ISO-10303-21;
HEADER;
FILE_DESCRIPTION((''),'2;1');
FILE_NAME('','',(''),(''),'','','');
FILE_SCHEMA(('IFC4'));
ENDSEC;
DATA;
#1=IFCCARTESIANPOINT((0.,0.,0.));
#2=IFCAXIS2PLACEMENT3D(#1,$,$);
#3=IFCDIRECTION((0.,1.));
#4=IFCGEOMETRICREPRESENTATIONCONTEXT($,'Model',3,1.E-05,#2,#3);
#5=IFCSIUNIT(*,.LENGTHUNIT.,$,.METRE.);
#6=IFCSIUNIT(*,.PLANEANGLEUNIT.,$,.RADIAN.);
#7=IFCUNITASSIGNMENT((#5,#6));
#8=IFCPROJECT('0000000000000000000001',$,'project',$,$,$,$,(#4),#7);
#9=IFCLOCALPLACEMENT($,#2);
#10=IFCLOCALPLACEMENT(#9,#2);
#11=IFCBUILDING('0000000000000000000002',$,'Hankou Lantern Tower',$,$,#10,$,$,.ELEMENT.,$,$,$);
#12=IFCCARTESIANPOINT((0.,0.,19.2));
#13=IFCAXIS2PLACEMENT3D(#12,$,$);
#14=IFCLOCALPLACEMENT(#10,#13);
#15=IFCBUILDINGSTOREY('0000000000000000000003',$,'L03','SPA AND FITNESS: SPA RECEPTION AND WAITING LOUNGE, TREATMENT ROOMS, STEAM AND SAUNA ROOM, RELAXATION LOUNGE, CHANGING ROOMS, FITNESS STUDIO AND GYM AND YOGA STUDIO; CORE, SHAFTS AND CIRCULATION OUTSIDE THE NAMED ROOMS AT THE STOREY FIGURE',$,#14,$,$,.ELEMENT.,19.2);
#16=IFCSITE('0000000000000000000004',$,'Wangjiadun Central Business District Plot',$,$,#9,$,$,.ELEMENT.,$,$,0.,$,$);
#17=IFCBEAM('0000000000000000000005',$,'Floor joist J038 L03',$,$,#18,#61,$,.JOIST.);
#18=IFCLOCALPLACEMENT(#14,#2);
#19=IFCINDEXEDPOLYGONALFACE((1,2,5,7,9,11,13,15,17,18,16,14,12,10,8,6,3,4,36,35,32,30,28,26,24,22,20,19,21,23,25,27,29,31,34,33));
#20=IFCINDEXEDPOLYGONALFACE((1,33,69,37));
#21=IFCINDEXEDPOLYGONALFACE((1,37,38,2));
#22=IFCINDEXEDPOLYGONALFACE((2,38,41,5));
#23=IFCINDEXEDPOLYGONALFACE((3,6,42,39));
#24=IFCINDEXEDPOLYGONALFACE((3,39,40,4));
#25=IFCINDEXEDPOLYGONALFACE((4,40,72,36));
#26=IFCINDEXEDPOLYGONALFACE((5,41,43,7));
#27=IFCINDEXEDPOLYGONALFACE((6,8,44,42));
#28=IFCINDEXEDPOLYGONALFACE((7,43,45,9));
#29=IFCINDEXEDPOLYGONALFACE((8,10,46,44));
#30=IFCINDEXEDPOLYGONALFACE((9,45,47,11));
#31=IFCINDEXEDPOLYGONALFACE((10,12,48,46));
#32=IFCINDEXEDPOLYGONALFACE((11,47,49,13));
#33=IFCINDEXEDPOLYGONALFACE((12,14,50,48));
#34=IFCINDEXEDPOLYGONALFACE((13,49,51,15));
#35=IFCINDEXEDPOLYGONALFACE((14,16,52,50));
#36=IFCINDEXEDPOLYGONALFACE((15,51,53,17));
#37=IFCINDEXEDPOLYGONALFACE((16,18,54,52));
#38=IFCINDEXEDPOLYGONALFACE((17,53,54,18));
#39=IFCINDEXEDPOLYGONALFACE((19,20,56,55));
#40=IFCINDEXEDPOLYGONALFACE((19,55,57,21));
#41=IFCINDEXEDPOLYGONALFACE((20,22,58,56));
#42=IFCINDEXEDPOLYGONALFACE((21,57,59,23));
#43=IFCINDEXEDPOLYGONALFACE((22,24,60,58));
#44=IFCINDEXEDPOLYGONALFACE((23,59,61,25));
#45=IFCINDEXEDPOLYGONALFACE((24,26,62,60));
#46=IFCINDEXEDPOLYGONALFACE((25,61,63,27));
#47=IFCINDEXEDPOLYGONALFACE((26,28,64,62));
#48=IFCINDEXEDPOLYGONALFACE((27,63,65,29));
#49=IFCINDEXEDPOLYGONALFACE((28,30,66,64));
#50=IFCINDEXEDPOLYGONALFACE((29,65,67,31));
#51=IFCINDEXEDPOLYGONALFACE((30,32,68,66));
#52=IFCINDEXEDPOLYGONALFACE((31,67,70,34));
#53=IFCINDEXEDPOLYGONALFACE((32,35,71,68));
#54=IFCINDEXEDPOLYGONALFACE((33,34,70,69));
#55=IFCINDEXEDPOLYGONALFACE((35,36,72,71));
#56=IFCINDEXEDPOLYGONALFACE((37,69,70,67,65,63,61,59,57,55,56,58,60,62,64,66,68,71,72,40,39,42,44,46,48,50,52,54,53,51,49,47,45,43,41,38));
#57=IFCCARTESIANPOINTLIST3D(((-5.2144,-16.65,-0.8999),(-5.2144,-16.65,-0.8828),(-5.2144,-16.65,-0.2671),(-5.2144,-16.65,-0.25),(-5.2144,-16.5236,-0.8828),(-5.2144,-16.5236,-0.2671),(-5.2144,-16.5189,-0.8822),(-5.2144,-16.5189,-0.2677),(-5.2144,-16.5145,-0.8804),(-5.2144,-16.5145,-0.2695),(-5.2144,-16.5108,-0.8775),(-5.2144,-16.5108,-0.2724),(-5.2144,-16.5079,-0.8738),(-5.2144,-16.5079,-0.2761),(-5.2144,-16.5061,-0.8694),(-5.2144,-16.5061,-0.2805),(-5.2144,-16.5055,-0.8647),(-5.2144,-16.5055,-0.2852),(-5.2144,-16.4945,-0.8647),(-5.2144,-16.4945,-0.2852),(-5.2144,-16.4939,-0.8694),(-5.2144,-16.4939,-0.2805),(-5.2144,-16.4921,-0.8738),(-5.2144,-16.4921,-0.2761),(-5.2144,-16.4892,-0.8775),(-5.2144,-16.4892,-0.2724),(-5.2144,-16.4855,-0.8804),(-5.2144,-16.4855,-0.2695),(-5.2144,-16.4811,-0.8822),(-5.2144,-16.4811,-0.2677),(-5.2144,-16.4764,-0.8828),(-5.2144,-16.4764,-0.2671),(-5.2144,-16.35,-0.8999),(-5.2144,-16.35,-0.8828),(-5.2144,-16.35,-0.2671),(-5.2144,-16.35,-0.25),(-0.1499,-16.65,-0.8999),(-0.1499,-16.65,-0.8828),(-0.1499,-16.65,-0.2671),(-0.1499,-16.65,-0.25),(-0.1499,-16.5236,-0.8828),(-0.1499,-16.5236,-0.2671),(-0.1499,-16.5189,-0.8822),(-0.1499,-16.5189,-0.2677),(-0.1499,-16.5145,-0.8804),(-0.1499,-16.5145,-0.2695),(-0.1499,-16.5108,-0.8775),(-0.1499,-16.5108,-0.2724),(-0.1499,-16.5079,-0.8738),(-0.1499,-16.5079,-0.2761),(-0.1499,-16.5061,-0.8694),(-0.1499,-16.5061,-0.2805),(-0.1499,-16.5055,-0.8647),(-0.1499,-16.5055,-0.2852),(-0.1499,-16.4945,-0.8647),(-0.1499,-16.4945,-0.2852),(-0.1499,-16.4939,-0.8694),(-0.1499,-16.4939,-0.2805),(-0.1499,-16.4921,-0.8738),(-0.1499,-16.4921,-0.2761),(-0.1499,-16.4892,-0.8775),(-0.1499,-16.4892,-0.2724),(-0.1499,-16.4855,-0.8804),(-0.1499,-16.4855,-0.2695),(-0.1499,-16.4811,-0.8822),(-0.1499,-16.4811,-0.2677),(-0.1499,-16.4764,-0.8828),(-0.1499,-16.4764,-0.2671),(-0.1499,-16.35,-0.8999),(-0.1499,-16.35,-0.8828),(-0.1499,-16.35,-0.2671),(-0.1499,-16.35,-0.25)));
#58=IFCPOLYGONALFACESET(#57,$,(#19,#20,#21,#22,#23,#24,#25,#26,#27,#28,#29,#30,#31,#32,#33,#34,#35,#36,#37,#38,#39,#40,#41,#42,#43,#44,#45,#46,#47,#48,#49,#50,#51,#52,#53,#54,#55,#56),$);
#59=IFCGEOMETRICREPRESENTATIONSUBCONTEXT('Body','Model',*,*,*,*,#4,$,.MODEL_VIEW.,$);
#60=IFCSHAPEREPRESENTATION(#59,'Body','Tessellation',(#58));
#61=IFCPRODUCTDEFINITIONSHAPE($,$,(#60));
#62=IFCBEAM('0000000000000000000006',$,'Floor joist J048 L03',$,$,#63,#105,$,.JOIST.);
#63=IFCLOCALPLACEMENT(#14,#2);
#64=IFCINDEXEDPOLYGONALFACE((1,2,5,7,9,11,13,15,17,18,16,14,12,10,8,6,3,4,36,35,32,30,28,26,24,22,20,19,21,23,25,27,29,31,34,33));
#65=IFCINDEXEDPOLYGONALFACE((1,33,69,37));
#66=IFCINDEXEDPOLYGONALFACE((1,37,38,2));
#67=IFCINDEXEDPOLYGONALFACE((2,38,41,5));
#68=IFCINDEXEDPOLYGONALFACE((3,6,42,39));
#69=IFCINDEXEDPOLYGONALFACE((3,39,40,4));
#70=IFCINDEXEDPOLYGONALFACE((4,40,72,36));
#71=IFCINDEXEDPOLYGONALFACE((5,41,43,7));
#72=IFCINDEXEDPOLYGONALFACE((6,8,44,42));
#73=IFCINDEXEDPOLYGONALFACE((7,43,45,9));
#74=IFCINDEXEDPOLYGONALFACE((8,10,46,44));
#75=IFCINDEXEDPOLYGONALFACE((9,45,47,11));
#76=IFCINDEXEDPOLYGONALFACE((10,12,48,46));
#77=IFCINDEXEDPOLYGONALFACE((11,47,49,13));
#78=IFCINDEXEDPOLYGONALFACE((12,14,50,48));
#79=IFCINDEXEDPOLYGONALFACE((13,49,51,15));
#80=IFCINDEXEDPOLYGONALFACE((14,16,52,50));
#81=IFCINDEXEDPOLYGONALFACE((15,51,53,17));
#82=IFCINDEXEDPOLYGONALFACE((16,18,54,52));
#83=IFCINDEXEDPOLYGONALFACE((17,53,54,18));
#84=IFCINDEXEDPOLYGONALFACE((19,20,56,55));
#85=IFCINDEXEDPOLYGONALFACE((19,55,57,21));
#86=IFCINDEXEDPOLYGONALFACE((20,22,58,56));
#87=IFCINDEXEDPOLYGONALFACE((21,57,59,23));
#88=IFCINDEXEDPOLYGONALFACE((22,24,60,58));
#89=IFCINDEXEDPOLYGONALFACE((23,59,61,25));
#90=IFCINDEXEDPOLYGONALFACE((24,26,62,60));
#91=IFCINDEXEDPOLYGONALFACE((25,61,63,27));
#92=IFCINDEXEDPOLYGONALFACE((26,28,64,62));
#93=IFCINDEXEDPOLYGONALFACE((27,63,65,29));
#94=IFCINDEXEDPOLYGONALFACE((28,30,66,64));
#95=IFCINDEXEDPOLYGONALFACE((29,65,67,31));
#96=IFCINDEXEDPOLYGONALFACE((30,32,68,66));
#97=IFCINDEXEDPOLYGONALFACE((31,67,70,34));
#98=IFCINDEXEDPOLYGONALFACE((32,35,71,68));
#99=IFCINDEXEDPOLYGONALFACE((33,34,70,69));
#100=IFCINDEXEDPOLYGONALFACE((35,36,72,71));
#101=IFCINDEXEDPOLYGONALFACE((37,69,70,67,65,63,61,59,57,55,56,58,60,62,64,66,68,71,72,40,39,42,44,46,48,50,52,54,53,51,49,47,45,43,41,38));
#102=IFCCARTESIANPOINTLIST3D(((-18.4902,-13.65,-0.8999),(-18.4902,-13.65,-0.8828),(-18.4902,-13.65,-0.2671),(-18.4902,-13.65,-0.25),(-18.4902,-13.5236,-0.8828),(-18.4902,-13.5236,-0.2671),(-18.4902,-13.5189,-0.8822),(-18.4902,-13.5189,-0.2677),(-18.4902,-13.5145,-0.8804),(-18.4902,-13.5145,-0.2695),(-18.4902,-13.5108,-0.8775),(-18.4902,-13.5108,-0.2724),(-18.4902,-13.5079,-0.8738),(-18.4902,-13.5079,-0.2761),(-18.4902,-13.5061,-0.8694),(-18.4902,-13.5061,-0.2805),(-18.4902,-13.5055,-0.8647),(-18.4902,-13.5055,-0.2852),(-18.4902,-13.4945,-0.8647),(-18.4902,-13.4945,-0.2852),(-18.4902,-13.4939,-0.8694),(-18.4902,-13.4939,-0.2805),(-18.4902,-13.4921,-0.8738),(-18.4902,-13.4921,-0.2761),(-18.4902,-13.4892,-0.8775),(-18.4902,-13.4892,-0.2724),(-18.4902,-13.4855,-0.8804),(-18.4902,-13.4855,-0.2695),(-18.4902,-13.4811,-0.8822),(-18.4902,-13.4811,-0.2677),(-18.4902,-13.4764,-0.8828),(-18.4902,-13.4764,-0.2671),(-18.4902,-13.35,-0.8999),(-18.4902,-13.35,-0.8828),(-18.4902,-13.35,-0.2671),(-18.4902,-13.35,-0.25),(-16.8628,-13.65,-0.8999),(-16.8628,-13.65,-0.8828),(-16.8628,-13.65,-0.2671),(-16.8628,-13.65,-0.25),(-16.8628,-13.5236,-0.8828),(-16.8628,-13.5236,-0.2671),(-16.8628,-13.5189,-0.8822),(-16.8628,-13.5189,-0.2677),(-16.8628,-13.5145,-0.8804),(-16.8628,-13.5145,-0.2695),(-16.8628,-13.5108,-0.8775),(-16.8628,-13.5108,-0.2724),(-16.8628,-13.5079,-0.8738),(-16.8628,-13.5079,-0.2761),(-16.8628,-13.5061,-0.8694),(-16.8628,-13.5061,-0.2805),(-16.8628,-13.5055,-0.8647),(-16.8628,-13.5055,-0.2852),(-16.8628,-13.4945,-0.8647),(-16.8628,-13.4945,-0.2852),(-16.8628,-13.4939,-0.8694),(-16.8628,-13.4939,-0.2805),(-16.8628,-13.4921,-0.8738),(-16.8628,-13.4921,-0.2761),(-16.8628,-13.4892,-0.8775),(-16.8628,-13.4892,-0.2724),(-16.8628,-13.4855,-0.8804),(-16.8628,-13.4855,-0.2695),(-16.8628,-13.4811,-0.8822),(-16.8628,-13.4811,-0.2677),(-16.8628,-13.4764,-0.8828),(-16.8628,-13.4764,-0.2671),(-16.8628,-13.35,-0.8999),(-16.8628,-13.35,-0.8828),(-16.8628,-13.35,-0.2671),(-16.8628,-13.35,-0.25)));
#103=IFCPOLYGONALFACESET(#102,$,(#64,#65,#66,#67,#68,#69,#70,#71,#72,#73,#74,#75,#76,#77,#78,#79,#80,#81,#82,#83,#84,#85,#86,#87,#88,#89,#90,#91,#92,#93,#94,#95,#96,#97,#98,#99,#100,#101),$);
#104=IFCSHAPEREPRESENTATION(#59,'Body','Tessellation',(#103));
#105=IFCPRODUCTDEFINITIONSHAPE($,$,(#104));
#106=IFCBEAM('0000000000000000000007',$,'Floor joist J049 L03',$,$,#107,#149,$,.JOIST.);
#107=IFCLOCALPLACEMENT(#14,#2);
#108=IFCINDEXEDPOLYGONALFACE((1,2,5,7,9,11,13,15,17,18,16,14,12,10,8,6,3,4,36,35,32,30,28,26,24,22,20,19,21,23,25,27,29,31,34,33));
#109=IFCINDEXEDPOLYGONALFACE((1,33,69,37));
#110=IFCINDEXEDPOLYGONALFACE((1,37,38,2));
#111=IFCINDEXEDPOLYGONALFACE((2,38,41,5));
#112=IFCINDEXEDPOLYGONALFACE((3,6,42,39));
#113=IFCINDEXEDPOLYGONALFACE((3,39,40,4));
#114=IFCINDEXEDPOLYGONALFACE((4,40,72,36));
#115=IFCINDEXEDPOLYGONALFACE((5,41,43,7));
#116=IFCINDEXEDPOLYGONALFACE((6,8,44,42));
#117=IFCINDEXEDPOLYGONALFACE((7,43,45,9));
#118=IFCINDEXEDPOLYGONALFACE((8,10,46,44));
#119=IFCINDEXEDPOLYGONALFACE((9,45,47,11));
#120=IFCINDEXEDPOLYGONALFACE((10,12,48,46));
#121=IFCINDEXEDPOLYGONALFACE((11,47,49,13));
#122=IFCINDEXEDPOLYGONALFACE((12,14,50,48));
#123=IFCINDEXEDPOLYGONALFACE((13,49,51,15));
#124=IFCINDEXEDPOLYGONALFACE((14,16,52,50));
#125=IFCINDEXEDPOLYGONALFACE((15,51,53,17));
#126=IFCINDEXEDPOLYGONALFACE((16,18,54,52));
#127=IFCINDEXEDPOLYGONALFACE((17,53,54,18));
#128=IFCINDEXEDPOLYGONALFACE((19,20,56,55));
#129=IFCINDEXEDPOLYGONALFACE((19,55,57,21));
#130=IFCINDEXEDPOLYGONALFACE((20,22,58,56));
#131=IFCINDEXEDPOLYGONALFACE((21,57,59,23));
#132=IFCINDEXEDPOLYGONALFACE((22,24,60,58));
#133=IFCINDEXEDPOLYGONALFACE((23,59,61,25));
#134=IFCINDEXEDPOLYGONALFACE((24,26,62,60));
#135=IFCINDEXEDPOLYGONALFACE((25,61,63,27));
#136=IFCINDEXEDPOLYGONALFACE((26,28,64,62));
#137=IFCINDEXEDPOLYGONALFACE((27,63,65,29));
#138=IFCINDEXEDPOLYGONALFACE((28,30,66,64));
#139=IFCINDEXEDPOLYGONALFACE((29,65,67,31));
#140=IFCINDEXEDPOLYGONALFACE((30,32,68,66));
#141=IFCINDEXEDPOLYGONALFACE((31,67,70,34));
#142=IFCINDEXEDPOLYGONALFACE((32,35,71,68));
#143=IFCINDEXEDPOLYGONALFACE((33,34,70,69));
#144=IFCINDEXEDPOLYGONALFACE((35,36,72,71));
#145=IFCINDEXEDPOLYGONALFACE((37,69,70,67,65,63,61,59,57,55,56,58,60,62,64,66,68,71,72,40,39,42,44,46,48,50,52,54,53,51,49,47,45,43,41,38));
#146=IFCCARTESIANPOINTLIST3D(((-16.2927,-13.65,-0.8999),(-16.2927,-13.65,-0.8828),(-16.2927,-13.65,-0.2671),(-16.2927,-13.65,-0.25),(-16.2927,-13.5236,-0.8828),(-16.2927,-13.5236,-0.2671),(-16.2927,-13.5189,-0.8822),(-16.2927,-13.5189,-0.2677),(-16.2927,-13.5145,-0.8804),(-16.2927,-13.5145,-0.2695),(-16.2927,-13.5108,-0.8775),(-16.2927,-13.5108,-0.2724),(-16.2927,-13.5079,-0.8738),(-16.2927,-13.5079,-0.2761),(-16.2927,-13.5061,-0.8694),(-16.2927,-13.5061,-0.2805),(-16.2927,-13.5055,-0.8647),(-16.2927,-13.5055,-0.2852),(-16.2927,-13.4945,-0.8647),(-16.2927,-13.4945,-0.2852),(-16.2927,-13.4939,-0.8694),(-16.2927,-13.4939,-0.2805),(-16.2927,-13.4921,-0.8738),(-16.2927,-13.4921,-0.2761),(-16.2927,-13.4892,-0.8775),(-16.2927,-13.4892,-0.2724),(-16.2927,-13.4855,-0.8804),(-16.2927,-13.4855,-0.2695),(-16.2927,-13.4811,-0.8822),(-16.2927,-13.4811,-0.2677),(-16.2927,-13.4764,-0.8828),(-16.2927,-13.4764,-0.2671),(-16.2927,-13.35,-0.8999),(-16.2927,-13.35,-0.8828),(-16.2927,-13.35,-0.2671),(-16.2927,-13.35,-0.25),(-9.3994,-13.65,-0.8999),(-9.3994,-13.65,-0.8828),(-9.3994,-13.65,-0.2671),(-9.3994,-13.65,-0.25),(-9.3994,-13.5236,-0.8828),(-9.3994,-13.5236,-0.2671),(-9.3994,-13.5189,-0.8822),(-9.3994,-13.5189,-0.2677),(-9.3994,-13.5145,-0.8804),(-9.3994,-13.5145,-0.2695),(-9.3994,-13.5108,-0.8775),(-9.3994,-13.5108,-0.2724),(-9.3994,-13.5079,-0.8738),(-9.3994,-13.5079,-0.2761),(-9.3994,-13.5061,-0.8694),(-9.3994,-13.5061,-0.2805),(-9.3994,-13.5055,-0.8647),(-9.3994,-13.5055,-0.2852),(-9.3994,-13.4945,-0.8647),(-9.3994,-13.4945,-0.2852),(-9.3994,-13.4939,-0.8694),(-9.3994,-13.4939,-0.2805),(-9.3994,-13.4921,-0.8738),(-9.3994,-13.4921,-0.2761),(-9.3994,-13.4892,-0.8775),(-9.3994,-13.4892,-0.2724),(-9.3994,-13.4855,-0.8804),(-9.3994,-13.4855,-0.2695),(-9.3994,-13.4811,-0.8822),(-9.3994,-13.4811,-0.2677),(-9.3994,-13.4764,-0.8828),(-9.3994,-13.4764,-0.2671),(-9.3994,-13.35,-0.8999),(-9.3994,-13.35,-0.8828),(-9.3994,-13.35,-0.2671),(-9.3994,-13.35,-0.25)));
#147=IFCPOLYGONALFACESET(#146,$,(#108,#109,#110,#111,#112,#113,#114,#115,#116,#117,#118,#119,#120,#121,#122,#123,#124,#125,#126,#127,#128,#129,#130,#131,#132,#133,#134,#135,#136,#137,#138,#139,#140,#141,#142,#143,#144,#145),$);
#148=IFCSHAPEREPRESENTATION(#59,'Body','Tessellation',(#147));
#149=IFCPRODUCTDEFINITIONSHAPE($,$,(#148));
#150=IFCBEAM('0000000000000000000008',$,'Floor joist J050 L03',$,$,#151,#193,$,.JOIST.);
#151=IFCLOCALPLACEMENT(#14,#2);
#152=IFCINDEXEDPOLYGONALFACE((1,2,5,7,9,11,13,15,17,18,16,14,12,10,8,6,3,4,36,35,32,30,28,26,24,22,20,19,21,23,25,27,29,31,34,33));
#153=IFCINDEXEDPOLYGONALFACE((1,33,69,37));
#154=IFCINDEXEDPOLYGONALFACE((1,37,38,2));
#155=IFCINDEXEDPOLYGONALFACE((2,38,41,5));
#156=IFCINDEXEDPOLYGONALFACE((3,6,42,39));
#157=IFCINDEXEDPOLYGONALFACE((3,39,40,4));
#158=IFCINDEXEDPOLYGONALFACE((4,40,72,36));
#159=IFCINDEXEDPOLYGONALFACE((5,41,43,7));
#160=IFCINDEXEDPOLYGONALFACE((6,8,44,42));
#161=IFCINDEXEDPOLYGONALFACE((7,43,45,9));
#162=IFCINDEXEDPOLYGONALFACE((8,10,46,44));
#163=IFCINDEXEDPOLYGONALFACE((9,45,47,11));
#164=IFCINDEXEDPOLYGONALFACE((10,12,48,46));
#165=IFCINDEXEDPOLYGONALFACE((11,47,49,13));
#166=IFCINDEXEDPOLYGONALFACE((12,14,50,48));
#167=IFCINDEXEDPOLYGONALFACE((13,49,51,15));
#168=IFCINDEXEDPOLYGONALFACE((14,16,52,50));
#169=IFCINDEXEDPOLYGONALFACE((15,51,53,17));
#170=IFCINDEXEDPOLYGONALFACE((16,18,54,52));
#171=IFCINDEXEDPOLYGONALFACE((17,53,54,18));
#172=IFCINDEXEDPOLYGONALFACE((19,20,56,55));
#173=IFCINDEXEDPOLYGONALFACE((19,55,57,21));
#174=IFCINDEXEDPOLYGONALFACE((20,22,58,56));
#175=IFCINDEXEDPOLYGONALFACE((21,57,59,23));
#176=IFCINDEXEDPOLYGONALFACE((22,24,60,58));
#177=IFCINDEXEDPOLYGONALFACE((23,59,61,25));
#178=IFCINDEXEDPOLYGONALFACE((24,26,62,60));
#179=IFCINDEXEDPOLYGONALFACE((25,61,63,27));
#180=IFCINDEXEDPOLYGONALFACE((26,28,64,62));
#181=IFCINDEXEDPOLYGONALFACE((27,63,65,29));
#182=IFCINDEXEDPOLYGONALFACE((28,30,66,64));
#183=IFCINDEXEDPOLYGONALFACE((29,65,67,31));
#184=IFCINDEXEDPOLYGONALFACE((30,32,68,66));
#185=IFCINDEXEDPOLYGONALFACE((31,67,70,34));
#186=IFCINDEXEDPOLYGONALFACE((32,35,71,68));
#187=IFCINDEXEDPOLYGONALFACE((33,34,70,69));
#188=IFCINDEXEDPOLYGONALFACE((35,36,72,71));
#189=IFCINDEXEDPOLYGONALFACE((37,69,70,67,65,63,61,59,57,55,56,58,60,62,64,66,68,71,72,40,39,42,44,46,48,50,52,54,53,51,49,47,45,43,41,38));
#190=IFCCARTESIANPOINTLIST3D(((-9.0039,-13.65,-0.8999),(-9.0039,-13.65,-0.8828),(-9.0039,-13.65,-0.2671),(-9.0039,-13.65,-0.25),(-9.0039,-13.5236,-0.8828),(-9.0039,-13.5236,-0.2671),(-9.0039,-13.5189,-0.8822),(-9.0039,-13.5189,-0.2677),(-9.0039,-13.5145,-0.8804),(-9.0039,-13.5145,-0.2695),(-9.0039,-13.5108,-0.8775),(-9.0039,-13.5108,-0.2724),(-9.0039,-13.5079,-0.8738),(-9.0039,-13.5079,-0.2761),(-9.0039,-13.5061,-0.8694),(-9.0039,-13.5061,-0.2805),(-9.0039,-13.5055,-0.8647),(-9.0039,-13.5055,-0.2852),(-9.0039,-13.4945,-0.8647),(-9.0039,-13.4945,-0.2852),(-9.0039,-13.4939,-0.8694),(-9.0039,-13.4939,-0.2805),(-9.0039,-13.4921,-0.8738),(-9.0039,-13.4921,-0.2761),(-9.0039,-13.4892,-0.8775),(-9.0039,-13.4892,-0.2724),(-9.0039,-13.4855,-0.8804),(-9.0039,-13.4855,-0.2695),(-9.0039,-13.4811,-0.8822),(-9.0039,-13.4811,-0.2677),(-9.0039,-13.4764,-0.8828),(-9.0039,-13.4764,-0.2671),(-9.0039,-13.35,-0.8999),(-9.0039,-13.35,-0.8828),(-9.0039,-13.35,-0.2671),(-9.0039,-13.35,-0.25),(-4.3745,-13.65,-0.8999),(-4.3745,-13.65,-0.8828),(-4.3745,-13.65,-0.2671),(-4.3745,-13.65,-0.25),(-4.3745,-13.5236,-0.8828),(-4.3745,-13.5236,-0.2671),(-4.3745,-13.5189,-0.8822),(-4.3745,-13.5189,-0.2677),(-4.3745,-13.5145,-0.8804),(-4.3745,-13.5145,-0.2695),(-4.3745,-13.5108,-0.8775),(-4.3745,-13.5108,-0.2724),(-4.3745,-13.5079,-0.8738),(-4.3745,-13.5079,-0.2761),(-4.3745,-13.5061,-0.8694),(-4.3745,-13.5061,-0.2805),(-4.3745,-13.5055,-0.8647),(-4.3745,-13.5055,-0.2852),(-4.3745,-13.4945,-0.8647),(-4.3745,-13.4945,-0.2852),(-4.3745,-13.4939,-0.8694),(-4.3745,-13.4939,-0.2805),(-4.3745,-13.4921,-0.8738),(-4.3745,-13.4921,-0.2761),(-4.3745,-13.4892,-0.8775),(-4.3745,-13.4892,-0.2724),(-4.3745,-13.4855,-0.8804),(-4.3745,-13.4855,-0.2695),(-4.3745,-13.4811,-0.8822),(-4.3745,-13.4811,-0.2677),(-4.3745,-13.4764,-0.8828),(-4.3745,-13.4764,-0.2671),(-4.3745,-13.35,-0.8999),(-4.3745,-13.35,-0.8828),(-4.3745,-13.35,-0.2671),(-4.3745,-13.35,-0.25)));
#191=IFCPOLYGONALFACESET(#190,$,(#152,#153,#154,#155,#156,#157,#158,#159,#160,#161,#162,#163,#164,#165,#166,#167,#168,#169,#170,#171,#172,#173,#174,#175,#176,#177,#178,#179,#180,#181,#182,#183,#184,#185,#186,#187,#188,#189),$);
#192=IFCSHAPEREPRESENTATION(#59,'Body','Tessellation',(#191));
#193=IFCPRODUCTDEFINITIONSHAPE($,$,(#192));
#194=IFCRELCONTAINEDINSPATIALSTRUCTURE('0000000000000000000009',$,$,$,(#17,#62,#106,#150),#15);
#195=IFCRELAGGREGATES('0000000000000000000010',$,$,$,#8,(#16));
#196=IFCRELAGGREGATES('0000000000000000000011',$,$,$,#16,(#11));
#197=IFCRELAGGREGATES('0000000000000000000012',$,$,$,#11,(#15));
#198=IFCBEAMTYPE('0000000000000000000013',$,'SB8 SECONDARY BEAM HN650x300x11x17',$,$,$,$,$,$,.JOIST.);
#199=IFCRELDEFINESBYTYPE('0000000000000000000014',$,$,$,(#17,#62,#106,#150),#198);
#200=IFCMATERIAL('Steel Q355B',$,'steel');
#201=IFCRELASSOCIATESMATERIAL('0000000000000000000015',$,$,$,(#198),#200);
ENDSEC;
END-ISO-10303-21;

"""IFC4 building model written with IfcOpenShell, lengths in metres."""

from ifc_helpers import new_model, si_unit, direction, frame, origin, origin_2d, place, context, subcontext, project, spatial, i_section, extrude, material, material_profile, profile_set, type_object, element, save


model = new_model("IFC4")

# Units and contexts
model_context = context("Model", 3, precision=1e-05, world=origin(), true_north=direction((0.0, 1.0)))
body_context = subcontext(model_context, "Body", "Model", "MODEL_VIEW")
ifc_project = project(units=[si_unit("LENGTHUNIT", "METRE"), si_unit("PLANEANGLEUNIT", "RADIAN")], contexts=[model_context])

# Site, building, storey
site_placement = place(None, origin())
site = spatial("IfcSite", under=ifc_project, at=site_placement, Name="Wangjiadun Central Business District Plot", CompositionType="ELEMENT", RefElevation=0.0)
building_placement = place(site_placement, origin())
building = spatial("IfcBuilding", under=site, at=building_placement, Name="Hankou Lantern Tower", CompositionType="ELEMENT")
storey_placement = place(building_placement, frame((0.0, 0.0, 19.2)))
storey = spatial("IfcBuildingStorey", under=building, at=storey_placement, Name="L03", Description="SPA AND FITNESS: SPA RECEPTION AND WAITING LOUNGE, TREATMENT ROOMS, STEAM AND SAUNA ROOM, RELAXATION LOUNGE, CHANGING ROOMS, FITNESS STUDIO AND GYM AND YOGA STUDIO; CORE, SHAFTS AND CIRCULATION OUTSIDE THE NAMED ROOMS AT THE STOREY FIGURE", CompositionType="ELEMENT", Elevation=19.2)

# Beams
ifc_material_1 = material(Name="Steel Q355B", Category="steel")
ifc_material_profile_1 = material_profile(ifc_material_1, i_section(OverallWidth=0.3, OverallDepth=0.6499, WebThickness=0.011, FlangeThickness=0.0171, FilletRadius=0.0181, at=origin_2d()), Name="HN650x300x11x17")
ifc_profile_set_1 = profile_set([ifc_material_profile_1], Name="Steel Q355B")
beam_type_1 = type_object("IfcBeamType", Name="SB8 SECONDARY BEAM HN650x300x11x17", PredefinedType="JOIST", material=ifc_profile_set_1)
beam_1_placement = place(storey_placement, frame((-5.2144, -16.5, -0.575), z_axis=(1.0, 0.0, 0.0), x_axis=(0.0, 1.0, 0.0)))
element("IfcBeam", 1, at=beam_1_placement, inside=storey, type_object=beam_type_1, Name="Floor joist J038 L03", PredefinedType="JOIST", context=body_context, shape_type="SweptSolid", body=[
    extrude(i_section(OverallWidth=0.3, OverallDepth=0.6499, WebThickness=0.011, FlangeThickness=0.0171, FilletRadius=0.0181, at=origin_2d()), origin(), (0.0, 0.0, 1.0), 5.0645),
])
beam_2_placement = place(storey_placement, frame((-18.4902, -13.5, -0.575), z_axis=(1.0, 0.0, 0.0), x_axis=(0.0, 1.0, 0.0)))
element("IfcBeam", 2, at=beam_2_placement, inside=storey, type_object=beam_type_1, Name="Floor joist J048 L03", PredefinedType="JOIST", context=body_context, shape_type="SweptSolid", body=[
    extrude(i_section(OverallWidth=0.3, OverallDepth=0.6499, WebThickness=0.011, FlangeThickness=0.0171, FilletRadius=0.0181, at=origin_2d()), origin(), (0.0, 0.0, 1.0), 1.6274),
])
beam_3_placement = place(storey_placement, frame((-16.2927, -13.5, -0.575), z_axis=(1.0, 0.0, 0.0), x_axis=(0.0, 1.0, 0.0)))
element("IfcBeam", 3, at=beam_3_placement, inside=storey, type_object=beam_type_1, Name="Floor joist J049 L03", PredefinedType="JOIST", context=body_context, shape_type="SweptSolid", body=[
    extrude(i_section(OverallWidth=0.3, OverallDepth=0.6499, WebThickness=0.011, FlangeThickness=0.0171, FilletRadius=0.0181, at=origin_2d()), origin(), (0.0, 0.0, 1.0), 6.8933),
])
beam_4_placement = place(storey_placement, frame((-9.0039, -13.5, -0.575), z_axis=(1.0, 0.0, 0.0), x_axis=(0.0, 1.0, 0.0)))
element("IfcBeam", 4, at=beam_4_placement, inside=storey, type_object=beam_type_1, Name="Floor joist J050 L03", PredefinedType="JOIST", context=body_context, shape_type="SweptSolid", body=[
    extrude(i_section(OverallWidth=0.3, OverallDepth=0.6499, WebThickness=0.011, FlangeThickness=0.0171, FilletRadius=0.0181, at=origin_2d()), origin(), (0.0, 0.0, 1.0), 4.6294),
])

save(model, "model.ifc")
